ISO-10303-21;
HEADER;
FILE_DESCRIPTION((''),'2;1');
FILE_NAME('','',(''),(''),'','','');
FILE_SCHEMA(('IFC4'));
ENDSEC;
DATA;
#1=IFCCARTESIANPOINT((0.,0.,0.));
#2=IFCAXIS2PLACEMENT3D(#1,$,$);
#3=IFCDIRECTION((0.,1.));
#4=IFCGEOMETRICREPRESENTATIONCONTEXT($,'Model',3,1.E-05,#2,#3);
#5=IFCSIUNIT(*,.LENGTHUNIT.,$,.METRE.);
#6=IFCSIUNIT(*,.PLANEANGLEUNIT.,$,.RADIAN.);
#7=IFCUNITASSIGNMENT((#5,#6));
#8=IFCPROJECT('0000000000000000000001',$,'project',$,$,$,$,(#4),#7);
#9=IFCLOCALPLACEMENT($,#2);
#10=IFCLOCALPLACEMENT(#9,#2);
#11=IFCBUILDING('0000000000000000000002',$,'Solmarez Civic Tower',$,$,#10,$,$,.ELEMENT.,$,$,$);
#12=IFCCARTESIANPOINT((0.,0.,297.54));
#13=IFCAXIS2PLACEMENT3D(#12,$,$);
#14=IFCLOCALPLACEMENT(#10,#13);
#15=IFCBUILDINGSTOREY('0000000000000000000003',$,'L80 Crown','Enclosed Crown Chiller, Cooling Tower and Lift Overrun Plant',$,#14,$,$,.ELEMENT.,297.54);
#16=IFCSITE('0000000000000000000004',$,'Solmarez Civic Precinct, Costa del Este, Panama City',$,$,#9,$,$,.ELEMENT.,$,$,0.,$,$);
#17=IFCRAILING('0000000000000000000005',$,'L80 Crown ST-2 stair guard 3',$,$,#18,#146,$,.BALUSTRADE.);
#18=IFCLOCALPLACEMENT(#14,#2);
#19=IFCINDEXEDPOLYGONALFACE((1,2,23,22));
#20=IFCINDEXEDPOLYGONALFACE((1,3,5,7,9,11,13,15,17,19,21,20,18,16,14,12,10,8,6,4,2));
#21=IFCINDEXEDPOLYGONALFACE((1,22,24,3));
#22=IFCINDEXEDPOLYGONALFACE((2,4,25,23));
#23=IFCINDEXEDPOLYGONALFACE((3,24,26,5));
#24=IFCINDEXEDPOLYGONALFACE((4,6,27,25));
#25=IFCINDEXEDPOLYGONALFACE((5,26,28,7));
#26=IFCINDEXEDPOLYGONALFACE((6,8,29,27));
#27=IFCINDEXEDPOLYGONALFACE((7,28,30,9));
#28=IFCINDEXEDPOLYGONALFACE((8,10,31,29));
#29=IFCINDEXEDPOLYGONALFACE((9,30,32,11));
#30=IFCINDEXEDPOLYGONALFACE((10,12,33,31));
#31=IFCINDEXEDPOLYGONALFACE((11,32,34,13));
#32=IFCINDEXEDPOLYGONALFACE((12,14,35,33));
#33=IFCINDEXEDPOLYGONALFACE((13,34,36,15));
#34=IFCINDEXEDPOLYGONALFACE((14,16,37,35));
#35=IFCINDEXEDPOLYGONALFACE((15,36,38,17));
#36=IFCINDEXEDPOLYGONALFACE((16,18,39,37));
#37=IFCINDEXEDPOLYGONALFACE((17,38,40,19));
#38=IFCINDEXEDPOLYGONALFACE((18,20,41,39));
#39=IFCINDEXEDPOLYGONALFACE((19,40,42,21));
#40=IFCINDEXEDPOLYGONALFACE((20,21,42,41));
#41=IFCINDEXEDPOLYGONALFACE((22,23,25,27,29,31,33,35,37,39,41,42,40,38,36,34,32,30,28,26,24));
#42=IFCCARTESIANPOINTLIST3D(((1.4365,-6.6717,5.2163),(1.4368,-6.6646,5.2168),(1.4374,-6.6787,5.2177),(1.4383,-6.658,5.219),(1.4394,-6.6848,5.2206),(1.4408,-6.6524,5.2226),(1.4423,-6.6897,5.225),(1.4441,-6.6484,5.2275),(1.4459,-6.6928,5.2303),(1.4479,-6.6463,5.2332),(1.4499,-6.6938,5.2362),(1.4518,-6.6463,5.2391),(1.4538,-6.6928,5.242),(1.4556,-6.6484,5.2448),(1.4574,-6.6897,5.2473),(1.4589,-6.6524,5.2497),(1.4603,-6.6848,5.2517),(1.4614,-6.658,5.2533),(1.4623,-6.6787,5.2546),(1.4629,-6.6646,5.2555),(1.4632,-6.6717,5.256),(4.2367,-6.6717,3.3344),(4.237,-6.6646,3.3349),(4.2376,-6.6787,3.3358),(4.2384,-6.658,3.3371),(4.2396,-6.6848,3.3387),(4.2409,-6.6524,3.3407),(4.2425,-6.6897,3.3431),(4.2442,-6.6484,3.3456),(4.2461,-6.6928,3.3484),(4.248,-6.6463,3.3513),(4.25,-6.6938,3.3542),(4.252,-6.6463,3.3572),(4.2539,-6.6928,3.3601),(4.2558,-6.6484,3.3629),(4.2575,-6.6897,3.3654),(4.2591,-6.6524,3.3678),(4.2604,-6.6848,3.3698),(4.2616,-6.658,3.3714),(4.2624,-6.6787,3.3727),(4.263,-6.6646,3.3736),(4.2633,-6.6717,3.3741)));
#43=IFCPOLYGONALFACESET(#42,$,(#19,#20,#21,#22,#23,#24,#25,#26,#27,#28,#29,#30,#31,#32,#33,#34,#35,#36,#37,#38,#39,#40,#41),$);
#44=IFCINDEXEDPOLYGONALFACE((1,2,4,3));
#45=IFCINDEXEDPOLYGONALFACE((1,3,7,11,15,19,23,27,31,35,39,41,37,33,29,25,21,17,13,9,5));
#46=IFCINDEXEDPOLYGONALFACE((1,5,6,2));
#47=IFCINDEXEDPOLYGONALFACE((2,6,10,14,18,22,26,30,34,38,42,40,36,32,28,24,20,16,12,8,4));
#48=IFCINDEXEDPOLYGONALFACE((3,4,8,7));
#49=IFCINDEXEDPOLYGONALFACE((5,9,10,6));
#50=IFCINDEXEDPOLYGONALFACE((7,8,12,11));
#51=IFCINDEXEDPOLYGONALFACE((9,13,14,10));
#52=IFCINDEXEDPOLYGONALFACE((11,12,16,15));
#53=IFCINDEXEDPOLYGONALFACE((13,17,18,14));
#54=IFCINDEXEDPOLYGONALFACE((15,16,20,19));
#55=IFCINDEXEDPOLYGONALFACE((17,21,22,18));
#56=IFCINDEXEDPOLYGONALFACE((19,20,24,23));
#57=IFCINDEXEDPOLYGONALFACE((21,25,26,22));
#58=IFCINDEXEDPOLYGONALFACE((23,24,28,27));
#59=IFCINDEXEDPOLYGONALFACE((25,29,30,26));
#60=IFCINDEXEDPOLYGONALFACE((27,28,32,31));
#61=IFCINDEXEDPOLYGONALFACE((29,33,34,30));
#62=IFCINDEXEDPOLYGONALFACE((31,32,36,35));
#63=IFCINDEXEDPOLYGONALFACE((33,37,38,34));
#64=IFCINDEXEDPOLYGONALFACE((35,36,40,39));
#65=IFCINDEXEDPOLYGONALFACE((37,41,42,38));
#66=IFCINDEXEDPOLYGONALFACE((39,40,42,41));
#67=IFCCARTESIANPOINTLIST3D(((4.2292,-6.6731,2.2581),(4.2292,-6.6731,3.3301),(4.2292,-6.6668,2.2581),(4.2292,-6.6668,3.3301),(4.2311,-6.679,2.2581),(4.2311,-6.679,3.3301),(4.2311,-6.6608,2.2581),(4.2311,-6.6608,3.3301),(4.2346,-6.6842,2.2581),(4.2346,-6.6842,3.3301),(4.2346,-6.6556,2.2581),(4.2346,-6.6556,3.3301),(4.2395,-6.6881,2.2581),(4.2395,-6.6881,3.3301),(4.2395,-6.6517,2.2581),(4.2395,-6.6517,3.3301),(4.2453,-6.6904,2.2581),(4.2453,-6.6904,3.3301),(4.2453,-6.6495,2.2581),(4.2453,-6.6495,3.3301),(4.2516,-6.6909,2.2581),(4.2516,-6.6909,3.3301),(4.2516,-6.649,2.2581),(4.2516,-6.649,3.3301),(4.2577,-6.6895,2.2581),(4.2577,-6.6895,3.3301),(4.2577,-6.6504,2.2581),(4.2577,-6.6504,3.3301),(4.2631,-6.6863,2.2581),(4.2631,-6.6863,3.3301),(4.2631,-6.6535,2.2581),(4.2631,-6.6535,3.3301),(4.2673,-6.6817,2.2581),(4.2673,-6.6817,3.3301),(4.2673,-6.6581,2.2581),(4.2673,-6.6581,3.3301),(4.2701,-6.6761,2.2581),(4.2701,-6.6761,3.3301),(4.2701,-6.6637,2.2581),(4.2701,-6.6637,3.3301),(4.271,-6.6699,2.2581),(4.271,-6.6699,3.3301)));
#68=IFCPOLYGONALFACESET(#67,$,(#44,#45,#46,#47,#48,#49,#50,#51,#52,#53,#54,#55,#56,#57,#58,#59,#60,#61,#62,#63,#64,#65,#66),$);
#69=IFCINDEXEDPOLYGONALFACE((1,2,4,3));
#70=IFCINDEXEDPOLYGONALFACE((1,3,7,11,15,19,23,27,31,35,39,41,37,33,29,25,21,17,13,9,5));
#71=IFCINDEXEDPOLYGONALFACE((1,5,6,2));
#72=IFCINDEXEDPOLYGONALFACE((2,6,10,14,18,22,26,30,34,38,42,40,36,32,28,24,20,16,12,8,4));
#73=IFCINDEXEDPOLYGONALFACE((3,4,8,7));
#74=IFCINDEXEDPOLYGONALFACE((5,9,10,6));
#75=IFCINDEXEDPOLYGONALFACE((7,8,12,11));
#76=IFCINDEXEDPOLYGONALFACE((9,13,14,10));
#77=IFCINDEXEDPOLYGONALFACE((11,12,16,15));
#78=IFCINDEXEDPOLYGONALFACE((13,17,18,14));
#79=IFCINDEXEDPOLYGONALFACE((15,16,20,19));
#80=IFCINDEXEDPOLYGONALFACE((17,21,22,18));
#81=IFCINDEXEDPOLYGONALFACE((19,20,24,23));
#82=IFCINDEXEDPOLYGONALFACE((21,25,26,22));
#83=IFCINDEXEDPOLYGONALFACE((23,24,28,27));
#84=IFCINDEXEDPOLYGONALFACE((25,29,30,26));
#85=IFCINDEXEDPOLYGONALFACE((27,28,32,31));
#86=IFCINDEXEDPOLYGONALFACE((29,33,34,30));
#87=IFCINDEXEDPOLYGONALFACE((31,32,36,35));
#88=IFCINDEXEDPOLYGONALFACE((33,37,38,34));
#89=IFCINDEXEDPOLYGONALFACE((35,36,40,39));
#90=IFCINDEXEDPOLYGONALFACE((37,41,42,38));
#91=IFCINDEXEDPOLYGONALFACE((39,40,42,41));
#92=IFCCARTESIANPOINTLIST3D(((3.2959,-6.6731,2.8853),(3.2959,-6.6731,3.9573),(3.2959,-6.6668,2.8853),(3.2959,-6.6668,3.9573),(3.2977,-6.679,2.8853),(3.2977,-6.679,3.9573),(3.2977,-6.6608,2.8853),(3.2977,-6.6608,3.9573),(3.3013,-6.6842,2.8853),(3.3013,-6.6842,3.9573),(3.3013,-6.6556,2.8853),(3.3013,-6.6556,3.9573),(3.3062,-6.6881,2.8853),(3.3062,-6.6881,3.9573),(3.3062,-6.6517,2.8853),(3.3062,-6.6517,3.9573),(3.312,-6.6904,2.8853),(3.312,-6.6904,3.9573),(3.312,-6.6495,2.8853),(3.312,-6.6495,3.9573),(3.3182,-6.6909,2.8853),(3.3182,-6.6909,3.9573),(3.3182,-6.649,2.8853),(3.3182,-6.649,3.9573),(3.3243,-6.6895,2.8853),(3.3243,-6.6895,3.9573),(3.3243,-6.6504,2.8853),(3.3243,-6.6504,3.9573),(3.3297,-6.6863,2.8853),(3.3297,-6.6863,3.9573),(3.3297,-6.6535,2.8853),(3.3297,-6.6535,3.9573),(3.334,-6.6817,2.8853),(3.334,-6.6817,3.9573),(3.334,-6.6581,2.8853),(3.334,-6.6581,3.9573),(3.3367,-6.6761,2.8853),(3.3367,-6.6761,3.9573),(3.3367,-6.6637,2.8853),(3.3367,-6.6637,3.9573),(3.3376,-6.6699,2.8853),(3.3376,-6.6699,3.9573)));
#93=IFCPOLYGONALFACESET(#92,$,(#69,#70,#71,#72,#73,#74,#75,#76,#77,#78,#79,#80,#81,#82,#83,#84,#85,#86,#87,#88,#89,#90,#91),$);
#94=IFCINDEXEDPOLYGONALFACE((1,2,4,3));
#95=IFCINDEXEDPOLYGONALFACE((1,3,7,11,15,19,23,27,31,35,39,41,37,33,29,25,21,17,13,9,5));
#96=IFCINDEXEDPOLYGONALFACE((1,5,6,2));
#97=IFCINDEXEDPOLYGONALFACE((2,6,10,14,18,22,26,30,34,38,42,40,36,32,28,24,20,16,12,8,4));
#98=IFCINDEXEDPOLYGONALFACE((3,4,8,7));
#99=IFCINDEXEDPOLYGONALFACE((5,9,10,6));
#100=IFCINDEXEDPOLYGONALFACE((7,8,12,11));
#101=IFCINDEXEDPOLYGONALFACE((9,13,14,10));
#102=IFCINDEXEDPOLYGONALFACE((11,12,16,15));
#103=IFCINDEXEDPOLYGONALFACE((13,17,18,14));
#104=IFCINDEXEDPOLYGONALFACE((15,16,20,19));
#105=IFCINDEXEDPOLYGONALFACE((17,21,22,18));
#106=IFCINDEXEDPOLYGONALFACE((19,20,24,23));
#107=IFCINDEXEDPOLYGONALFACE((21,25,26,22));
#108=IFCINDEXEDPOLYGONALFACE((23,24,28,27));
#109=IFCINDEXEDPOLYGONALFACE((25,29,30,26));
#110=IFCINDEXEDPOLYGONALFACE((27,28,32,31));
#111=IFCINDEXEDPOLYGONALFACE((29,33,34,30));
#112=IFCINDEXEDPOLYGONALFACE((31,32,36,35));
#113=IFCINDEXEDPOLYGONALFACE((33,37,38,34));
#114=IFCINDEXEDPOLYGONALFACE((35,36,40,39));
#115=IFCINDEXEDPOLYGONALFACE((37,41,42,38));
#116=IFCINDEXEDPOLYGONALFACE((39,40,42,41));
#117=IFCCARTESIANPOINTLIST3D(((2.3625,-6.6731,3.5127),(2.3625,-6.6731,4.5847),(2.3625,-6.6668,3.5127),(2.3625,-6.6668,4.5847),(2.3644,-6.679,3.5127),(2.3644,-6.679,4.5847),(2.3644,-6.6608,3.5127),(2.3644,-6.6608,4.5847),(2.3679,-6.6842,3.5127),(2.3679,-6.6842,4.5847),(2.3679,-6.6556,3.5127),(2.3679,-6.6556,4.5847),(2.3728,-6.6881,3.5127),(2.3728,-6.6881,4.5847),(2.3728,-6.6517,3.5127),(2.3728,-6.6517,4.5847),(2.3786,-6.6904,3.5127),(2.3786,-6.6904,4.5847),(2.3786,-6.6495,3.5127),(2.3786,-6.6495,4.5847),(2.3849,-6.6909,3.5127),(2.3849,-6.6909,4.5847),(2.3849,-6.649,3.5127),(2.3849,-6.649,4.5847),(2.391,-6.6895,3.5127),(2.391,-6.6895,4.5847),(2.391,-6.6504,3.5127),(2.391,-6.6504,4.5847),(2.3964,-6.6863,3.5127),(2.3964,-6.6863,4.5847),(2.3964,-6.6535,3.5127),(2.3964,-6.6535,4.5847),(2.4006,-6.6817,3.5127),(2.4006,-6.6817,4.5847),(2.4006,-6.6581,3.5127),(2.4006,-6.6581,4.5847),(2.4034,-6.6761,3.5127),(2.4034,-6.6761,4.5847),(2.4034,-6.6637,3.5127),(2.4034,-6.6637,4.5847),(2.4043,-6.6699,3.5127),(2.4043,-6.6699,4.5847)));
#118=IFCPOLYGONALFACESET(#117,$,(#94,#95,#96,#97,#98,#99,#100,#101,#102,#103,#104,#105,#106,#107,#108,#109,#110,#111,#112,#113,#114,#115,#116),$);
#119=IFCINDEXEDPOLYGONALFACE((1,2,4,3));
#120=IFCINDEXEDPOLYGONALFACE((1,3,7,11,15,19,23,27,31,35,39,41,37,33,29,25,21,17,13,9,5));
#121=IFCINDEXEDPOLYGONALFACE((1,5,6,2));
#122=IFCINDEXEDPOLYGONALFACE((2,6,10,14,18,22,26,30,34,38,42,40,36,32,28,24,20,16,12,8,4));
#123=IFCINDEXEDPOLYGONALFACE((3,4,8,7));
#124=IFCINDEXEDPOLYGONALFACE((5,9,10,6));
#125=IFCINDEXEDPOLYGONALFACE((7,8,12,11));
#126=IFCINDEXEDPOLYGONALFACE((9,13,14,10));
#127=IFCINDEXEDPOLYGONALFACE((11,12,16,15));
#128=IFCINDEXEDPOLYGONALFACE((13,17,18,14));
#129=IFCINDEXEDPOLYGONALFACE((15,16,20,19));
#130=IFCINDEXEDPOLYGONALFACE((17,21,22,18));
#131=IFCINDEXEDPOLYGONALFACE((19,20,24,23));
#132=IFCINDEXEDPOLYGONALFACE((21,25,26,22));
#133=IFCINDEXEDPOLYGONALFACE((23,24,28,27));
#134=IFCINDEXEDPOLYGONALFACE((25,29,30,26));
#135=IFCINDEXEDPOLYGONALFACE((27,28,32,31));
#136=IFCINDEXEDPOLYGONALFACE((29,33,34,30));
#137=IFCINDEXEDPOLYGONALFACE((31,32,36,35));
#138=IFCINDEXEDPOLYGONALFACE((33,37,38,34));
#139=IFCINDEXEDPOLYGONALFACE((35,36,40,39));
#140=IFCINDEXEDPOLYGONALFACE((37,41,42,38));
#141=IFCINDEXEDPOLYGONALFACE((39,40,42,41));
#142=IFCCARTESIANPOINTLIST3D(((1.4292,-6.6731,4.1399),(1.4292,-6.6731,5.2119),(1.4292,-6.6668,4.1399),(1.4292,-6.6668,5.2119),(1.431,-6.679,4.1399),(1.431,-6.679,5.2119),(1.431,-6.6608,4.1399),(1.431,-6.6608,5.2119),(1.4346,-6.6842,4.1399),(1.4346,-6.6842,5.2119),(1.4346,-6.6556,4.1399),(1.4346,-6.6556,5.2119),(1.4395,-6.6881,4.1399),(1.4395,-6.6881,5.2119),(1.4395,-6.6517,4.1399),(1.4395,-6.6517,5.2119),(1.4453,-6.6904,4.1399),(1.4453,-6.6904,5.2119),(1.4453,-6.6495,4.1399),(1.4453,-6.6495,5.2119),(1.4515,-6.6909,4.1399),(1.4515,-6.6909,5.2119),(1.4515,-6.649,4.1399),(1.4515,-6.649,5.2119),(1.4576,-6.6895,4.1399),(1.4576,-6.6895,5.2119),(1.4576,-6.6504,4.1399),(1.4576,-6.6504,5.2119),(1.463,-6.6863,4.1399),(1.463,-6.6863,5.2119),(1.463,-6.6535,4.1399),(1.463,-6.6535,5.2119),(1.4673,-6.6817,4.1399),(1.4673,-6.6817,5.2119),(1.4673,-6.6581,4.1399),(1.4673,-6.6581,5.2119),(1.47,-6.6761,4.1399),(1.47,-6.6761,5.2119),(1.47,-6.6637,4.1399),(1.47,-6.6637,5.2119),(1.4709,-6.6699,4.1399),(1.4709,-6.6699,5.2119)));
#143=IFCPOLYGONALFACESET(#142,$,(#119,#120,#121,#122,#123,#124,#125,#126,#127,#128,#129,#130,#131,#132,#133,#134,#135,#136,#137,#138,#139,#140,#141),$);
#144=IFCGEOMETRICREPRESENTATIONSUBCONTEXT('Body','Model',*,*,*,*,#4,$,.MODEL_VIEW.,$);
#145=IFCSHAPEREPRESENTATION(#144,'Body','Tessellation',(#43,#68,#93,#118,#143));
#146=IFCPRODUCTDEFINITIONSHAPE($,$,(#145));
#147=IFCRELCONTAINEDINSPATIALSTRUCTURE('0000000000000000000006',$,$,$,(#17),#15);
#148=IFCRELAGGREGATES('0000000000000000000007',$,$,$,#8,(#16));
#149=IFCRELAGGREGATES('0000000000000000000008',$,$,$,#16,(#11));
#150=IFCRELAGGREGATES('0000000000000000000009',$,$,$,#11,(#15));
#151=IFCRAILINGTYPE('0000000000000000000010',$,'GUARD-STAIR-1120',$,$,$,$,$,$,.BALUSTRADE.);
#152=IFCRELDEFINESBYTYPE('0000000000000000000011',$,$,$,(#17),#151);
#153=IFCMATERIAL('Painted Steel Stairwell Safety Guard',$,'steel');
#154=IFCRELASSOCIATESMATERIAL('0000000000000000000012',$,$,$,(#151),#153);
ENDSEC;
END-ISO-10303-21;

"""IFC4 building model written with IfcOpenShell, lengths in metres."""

from ifc_helpers import new_model, si_unit, direction, frame, origin, origin_2d, place, context, subcontext, project, spatial, circle, extrude, material, type_object, element, save


model = new_model("IFC4")

# Units and contexts
model_context = context("Model", 3, precision=1e-05, world=origin(), true_north=direction((0.0, 1.0)))
body_context = subcontext(model_context, "Body", "Model", "MODEL_VIEW")
ifc_project = project(units=[si_unit("LENGTHUNIT", "METRE"), si_unit("PLANEANGLEUNIT", "RADIAN")], contexts=[model_context])

# Site, building, storey
site_placement = place(None, origin())
site = spatial("IfcSite", under=ifc_project, at=site_placement, Name="Solmarez Civic Precinct, Costa del Este, Panama City", CompositionType="ELEMENT", RefElevation=0.0)
building_placement = place(site_placement, origin())
building = spatial("IfcBuilding", under=site, at=building_placement, Name="Solmarez Civic Tower", CompositionType="ELEMENT")
storey_placement = place(building_placement, frame((0.0, 0.0, 297.54)))
storey = spatial("IfcBuildingStorey", under=building, at=storey_placement, Name="L80 Crown", Description="Enclosed Crown Chiller, Cooling Tower and Lift Overrun Plant", CompositionType="ELEMENT", Elevation=297.54)

# Railing
ifc_material_1 = material(Name="Painted Steel Stairwell Safety Guard", Category="steel")
railing_type = type_object("IfcRailingType", Name="GUARD-STAIR-1120", PredefinedType="BALUSTRADE", material=ifc_material_1)
railing_1_placement = place(storey_placement, frame((4.25, -6.6699, 2.2581)))
element("IfcRailing", 1, at=railing_1_placement, inside=storey, type_object=railing_type, Name="L80 Crown ST-2 stair guard 3", PredefinedType="BALUSTRADE", context=body_context, shape_type="SweptSolid", body=[
    extrude(circle(Radius=0.0239, at=origin_2d()), frame((0.0, 0.0, 1.0962), z_axis=(-0.829974, 0.0, 0.557803), x_axis=(0.0, -1.0, 0.0)), (0.0, 0.0, 1.0), 3.3738),
    extrude(circle(Radius=0.021, at=origin_2d()), origin(), (0.0, 0.0, 1.0), 1.072),
    extrude(circle(Radius=0.021, at=origin_2d()), frame((-0.9333, 0.0, 0.6272)), (0.0, 0.0, 1.0), 1.072),
    extrude(circle(Radius=0.021, at=origin_2d()), frame((-1.8667, 0.0, 1.2546)), (0.0, 0.0, 1.0), 1.072),
    extrude(circle(Radius=0.021, at=origin_2d()), frame((-2.8, 0.0, 1.8818)), (0.0, 0.0, 1.0), 1.072),
])

save(model, "model.ifc")
